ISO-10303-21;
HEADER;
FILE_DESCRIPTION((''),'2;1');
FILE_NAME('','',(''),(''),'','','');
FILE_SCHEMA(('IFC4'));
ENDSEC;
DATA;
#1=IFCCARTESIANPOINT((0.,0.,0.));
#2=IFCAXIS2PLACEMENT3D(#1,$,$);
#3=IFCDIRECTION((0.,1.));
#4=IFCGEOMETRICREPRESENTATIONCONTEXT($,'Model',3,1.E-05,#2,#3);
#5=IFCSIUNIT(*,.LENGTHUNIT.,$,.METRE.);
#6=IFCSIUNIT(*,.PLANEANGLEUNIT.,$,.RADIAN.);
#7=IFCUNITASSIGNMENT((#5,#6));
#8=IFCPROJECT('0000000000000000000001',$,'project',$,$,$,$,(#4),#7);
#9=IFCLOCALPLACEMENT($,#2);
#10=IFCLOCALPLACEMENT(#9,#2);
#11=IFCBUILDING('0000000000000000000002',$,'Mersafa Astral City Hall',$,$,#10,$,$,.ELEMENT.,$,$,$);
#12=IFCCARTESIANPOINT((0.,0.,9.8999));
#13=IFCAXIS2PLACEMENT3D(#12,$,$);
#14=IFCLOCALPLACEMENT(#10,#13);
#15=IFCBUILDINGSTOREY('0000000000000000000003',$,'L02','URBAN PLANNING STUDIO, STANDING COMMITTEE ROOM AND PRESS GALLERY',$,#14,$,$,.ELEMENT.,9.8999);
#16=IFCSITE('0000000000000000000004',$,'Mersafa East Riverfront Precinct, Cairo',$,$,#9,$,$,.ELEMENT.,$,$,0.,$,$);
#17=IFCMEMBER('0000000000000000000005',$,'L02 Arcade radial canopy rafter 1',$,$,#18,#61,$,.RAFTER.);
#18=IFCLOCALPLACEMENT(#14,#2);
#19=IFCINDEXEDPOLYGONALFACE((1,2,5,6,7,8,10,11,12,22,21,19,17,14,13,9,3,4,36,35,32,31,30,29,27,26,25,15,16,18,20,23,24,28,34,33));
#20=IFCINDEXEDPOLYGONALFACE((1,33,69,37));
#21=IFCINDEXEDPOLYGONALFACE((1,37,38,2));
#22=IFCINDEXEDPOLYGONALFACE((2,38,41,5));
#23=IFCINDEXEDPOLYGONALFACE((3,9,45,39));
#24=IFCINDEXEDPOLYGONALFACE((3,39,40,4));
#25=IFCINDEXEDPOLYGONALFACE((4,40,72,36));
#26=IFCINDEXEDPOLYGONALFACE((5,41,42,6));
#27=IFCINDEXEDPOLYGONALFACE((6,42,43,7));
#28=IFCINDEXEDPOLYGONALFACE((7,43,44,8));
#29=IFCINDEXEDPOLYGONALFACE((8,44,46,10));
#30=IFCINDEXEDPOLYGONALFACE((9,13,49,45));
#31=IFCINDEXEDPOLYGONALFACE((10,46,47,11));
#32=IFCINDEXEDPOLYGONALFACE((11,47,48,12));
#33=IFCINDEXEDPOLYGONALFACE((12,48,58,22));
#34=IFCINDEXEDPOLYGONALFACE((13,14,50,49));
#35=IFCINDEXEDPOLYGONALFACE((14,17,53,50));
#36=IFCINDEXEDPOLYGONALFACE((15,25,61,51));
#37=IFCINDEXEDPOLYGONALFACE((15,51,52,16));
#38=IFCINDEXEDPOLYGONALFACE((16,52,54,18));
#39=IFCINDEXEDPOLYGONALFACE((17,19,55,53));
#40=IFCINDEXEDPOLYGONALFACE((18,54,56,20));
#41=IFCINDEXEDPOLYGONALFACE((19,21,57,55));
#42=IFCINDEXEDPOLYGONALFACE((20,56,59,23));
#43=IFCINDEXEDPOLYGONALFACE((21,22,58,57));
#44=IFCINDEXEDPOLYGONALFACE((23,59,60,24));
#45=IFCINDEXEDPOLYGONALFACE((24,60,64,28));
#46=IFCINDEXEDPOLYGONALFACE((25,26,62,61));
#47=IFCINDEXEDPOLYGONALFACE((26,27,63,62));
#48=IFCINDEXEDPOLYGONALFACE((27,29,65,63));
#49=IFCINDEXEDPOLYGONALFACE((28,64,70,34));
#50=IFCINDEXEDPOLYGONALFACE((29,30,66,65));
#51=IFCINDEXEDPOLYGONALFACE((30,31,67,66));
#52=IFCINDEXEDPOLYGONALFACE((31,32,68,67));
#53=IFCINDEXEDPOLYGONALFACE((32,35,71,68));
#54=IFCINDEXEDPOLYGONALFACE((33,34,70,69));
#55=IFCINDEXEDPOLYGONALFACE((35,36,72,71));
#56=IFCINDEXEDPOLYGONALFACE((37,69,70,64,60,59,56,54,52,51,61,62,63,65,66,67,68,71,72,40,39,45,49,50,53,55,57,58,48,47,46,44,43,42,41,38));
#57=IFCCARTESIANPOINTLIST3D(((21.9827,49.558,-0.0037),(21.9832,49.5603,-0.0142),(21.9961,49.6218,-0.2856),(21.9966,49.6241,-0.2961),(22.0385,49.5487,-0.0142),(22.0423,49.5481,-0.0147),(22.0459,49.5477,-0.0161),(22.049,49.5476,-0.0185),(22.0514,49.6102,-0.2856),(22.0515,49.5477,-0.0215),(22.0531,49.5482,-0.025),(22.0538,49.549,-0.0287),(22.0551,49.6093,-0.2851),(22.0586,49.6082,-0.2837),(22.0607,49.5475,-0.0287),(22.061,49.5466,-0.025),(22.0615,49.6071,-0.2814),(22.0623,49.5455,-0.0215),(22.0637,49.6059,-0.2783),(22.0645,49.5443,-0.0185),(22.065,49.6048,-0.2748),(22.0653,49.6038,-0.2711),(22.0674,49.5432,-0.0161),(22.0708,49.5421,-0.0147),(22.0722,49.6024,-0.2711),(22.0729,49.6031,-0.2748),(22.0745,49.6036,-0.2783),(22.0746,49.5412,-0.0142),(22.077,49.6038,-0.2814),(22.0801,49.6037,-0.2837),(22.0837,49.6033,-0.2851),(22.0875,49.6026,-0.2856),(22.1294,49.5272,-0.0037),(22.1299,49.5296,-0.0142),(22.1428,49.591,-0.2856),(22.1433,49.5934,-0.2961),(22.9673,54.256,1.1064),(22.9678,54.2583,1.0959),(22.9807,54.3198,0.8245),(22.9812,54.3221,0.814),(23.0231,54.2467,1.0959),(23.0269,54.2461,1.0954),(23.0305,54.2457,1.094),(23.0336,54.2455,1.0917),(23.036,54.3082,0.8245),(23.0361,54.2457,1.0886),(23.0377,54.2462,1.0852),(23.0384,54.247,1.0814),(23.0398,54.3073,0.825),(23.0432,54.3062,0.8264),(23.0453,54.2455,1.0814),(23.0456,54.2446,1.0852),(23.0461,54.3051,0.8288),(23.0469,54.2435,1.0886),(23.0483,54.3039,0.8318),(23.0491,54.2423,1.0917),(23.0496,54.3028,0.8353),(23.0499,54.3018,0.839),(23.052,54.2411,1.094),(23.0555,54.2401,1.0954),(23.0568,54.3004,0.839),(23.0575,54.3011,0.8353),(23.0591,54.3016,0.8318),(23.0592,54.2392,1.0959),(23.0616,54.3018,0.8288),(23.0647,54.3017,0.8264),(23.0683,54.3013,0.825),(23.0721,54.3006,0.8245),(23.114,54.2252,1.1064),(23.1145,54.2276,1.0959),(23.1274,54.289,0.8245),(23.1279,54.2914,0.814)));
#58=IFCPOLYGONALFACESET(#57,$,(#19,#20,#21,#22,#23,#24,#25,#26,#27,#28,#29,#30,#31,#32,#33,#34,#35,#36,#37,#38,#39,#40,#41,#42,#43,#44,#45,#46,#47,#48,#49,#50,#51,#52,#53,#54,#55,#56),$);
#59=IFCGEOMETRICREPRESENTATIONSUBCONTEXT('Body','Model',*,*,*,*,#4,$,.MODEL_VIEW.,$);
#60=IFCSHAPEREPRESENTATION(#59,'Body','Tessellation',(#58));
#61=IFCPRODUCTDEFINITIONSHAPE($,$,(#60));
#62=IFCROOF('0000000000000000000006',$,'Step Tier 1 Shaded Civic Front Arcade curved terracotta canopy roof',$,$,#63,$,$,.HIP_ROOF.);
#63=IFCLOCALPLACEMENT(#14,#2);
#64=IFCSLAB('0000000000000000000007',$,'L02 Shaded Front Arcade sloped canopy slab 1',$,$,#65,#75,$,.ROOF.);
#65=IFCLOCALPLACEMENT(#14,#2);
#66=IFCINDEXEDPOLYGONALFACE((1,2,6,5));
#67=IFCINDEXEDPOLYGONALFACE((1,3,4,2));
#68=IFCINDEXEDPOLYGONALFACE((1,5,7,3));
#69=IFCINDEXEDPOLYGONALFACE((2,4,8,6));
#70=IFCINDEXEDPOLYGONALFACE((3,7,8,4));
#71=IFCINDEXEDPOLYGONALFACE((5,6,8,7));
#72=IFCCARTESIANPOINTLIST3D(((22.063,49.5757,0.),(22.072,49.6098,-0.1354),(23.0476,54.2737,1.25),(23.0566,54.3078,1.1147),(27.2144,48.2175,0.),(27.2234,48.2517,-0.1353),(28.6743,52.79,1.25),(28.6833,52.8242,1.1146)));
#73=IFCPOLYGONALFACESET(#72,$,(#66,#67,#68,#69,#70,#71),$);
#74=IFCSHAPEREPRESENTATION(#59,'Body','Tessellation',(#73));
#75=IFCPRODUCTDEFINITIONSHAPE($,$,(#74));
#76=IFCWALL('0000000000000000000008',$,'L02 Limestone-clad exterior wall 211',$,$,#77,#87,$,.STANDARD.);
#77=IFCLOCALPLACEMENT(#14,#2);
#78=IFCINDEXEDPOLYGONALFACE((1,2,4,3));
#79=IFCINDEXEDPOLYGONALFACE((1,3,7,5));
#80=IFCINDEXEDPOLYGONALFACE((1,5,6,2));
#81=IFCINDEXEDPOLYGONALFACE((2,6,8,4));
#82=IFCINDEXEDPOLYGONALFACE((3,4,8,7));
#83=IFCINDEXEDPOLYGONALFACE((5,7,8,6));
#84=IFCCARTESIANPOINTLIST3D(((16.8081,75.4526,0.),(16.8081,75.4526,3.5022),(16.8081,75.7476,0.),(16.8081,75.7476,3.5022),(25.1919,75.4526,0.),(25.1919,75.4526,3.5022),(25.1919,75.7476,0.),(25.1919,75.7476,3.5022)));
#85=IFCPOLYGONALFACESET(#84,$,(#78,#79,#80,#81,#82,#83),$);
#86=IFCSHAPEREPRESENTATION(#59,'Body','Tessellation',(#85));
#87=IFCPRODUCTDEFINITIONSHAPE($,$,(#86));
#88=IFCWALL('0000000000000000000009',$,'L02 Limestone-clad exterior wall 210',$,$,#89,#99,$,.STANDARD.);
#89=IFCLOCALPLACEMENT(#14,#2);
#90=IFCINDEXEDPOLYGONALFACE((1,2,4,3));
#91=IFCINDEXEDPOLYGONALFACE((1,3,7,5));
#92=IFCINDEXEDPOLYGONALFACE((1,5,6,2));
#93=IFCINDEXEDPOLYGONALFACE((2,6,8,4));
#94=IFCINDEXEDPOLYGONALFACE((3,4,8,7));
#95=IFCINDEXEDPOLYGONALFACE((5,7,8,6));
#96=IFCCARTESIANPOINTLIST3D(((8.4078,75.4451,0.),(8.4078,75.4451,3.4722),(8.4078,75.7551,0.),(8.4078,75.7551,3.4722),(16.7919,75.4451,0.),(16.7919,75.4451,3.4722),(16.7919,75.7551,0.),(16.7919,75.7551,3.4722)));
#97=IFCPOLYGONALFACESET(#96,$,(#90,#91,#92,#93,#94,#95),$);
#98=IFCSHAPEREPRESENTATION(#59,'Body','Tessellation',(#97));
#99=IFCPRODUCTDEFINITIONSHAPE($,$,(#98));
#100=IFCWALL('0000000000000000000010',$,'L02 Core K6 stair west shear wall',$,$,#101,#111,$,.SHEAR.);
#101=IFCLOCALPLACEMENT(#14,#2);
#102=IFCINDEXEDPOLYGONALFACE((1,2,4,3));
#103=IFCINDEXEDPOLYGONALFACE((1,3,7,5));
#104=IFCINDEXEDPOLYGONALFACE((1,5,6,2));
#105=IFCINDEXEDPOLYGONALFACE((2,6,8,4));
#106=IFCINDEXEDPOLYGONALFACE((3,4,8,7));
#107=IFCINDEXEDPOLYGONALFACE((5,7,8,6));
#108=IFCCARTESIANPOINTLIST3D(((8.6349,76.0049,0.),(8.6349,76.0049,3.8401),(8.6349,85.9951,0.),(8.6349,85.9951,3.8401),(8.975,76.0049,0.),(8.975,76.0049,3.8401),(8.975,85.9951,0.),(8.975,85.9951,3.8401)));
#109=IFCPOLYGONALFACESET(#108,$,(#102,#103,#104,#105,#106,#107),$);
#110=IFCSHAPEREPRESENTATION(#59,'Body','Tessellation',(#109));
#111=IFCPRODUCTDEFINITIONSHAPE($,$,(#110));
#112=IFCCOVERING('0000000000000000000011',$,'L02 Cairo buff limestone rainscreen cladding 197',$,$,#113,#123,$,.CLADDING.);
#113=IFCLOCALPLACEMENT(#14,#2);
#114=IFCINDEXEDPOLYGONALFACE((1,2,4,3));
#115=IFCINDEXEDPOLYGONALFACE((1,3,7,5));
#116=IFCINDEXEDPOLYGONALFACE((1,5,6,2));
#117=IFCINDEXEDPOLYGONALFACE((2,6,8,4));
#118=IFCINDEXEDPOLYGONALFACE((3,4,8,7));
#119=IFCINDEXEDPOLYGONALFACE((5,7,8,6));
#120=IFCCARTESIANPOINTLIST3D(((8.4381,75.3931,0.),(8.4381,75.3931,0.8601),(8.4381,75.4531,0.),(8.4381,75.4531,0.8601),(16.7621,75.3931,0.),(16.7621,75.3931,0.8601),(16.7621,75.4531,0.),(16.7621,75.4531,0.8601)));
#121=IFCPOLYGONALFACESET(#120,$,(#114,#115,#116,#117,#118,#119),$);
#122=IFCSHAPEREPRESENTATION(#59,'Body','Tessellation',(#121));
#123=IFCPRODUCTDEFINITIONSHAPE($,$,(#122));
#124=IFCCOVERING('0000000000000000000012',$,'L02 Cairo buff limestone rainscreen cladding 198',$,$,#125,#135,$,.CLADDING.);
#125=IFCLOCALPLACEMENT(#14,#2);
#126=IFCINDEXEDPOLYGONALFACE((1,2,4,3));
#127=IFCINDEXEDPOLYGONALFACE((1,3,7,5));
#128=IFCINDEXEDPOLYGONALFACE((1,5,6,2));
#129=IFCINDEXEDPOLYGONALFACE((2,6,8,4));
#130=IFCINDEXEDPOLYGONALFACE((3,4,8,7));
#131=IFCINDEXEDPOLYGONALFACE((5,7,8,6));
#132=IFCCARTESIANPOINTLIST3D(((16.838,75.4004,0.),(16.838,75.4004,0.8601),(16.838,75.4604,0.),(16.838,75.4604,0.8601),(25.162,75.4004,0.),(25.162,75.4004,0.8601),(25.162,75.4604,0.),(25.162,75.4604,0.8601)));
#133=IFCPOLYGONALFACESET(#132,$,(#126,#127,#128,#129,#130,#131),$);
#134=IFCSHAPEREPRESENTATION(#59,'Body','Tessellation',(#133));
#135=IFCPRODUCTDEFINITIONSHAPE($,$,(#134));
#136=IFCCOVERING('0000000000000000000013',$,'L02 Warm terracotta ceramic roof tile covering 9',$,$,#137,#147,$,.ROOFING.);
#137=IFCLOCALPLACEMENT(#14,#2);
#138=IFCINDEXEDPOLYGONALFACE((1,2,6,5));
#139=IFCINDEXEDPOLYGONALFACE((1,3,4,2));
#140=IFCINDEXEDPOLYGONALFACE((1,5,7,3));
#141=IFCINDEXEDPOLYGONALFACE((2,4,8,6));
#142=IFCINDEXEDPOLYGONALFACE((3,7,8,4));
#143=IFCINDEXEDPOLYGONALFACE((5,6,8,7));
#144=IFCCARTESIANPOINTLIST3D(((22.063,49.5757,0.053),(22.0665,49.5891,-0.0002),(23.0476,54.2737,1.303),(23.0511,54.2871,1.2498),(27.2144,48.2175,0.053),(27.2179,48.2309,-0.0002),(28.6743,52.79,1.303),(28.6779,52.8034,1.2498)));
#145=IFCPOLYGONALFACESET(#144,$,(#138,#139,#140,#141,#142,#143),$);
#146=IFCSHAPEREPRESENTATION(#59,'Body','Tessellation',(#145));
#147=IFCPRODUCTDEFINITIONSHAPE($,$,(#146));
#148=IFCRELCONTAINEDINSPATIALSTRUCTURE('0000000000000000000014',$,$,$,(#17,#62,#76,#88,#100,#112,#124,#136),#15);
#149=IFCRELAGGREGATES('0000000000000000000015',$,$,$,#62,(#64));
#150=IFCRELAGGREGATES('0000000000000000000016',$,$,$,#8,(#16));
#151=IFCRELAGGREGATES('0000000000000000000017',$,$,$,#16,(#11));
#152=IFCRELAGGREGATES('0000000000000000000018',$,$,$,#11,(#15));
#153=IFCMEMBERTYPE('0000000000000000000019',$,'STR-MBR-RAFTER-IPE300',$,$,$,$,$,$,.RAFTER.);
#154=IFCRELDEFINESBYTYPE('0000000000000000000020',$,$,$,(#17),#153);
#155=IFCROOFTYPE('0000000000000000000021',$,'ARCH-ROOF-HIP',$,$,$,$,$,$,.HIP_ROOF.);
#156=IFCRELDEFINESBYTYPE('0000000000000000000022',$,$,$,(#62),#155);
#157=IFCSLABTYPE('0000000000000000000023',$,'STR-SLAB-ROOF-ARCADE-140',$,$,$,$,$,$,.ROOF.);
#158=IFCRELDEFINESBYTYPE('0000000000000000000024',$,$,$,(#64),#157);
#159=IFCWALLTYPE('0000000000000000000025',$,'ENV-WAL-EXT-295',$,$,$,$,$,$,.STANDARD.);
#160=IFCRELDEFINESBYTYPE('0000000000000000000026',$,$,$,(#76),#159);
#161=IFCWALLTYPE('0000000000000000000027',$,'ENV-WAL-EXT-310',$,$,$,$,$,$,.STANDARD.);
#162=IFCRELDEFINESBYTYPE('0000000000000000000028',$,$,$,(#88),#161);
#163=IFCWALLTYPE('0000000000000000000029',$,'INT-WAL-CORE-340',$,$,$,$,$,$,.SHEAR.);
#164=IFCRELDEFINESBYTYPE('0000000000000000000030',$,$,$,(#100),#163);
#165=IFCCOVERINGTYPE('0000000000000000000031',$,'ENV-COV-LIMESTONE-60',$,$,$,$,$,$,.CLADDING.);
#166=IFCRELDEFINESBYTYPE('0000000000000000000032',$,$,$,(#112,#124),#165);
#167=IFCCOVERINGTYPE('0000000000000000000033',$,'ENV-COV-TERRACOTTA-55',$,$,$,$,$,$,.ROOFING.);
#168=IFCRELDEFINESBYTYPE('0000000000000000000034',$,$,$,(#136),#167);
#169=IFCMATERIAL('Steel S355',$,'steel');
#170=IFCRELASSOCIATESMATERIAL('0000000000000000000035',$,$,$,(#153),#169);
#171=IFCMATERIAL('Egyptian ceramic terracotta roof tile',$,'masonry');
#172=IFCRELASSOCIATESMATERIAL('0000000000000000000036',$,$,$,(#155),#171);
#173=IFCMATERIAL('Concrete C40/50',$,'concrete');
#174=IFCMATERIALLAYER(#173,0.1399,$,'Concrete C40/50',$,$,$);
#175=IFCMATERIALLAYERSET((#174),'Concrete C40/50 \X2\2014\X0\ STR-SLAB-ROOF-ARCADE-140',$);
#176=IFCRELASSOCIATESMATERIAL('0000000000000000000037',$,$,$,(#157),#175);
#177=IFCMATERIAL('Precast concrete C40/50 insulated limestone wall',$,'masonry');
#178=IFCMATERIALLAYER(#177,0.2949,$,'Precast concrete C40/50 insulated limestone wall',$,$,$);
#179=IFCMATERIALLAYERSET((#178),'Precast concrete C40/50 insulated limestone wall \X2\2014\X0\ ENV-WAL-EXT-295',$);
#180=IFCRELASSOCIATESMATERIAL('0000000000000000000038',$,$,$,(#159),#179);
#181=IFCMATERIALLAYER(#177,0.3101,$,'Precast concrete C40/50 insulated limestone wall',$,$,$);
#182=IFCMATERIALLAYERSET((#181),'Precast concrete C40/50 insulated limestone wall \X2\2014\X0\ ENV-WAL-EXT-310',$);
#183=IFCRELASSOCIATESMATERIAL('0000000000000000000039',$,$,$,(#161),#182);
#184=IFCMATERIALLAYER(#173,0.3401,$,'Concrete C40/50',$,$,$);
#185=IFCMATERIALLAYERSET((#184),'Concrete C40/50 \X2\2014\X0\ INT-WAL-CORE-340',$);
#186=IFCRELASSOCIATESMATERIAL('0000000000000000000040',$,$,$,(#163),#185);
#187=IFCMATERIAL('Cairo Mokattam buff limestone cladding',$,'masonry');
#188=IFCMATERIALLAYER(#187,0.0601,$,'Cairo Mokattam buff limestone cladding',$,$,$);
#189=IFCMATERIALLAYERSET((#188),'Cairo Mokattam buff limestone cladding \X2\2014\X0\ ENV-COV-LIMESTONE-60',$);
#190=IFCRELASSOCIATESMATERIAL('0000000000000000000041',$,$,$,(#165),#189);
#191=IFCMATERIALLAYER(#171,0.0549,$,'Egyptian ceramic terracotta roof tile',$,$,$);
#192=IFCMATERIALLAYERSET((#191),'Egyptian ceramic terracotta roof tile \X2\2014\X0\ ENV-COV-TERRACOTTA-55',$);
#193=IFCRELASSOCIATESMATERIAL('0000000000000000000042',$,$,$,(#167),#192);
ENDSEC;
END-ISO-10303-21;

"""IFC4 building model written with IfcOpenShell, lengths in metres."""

from ifc_helpers import new_model, si_unit, direction, frame, frame_2d, origin, origin_2d, place, context, subcontext, project, spatial, polyline, rectangle, i_section, outline, extrude, material, layer, layer_set, material_profile, profile_set, type_object, element, aggregate, save


model = new_model("IFC4")

# Units and contexts
model_context = context("Model", 3, precision=1e-05, world=origin(), true_north=direction((0.0, 1.0)))
body_context = subcontext(model_context, "Body", "Model", "MODEL_VIEW")
ifc_project = project(units=[si_unit("LENGTHUNIT", "METRE"), si_unit("PLANEANGLEUNIT", "RADIAN")], contexts=[model_context])

# Site, building, storey
site_placement = place(None, origin())
site = spatial("IfcSite", under=ifc_project, at=site_placement, Name="Mersafa East Riverfront Precinct, Cairo", CompositionType="ELEMENT", RefElevation=0.0)
building_placement = place(site_placement, origin())
building = spatial("IfcBuilding", under=site, at=building_placement, Name="Mersafa Astral City Hall", CompositionType="ELEMENT")
storey_placement = place(building_placement, frame((0.0, 0.0, 9.8999)))
storey = spatial("IfcBuildingStorey", under=building, at=storey_placement, Name="L02", Description="URBAN PLANNING STUDIO, STANDING COMMITTEE ROOM AND PRESS GALLERY", CompositionType="ELEMENT", Elevation=9.8999)

# Shared definitions
ifc_material_1 = material(Name="Steel S355", Category="steel")

# Member
ifc_material_profile_1 = material_profile(ifc_material_1, i_section(OverallWidth=0.1499, OverallDepth=0.3, WebThickness=0.0071, FlangeThickness=0.0107, FilletRadius=0.0149, at=origin_2d()), Name="IPE 300")
ifc_profile_set_1 = profile_set([ifc_material_profile_1], Name="Steel S355")
member_type_1 = type_object("IfcMemberType", Name="STR-MBR-RAFTER-IPE300", PredefinedType="RAFTER", material=ifc_profile_set_1)
member_1_placement = place(storey_placement, frame((22.063, 49.5757, -0.1499), z_axis=(0.199851, 0.953567, 0.225322), x_axis=(-0.978736, 0.205126, 0.0)))
element("IfcMember", 1, at=member_1_placement, inside=storey, type_object=member_type_1, Name="L02 Arcade radial canopy rafter 1", PredefinedType="RAFTER", context=body_context, shape_type="SweptSolid", body=[
    extrude(i_section(OverallWidth=0.1499, OverallDepth=0.3, WebThickness=0.0071, FlangeThickness=0.0107, FilletRadius=0.0149, at=origin_2d()), origin(), (0.0, 0.0, 1.0), 4.9268),
])

# Roof, slab
ifc_material_2 = material(Name="Egyptian ceramic terracotta roof tile", Category="masonry")
roof_type = type_object("IfcRoofType", Name="ARCH-ROOF-HIP", PredefinedType="HIP_ROOF", material=ifc_material_2)
roof_placement = place(storey_placement, origin())
roof = element("IfcRoof", 2, at=roof_placement, inside=storey, type_object=roof_type, Name="Step Tier 1 Shaded Civic Front Arcade curved terracotta canopy roof", PredefinedType="HIP_ROOF")
ifc_material_3 = material(Name="Concrete C40/50", Category="concrete")
ifc_layer_1 = layer(ifc_material_3, 0.1399, Name="Concrete C40/50")
ifc_layer_set_1 = layer_set([ifc_layer_1], Name="Concrete C40/50 — STR-SLAB-ROOF-ARCADE-140")
slab_type = type_object("IfcSlabType", Name="STR-SLAB-ROOF-ARCADE-140", PredefinedType="ROOF", material=ifc_layer_set_1)
slab_placement = place(storey_placement, frame((22.063, 49.5757, 0.0), z_axis=(-0.06433, -0.243983, 0.967643), x_axis=(0.966957, -0.254939, 0.000003)))
slab = element("IfcSlab", 3, at=slab_placement, type_object=slab_type, Name="L02 Shaded Front Arcade sloped canopy slab 1", PredefinedType="ROOF", context=body_context, shape_type="SweptSolid", body=[
    extrude(outline(polyline([(0.0, 0.0), (5.3274, 0.0), (5.5734, 4.9539), (-0.2456, 4.9541), (0.0, 0.0)])), origin(), (0.0, 0.0, -1.0), 0.1399),
])
aggregate(roof, [slab])

# Walls
ifc_material_4 = material(Name="Precast concrete C40/50 insulated limestone wall", Category="masonry")
ifc_layer_2 = layer(ifc_material_4, 0.2949, Name="Precast concrete C40/50 insulated limestone wall")
ifc_layer_set_2 = layer_set([ifc_layer_2], Name="Precast concrete C40/50 insulated limestone wall — ENV-WAL-EXT-295")
wall_type_1 = type_object("IfcWallType", Name="ENV-WAL-EXT-295", PredefinedType="STANDARD", material=ifc_layer_set_2)
wall_1_placement = place(storey_placement, frame((16.8081, 75.6001, 0.0), z_axis=(0.0, 0.0, 1.0), x_axis=(1.0, 0.0, 0.0)))
element("IfcWall", 4, at=wall_1_placement, inside=storey, type_object=wall_type_1, Name="L02 Limestone-clad exterior wall 211", PredefinedType="STANDARD", context=body_context, shape_type="SweptSolid", body=[
    extrude(rectangle(XDim=8.3838, YDim=0.2949, at=frame_2d((4.1919, 0.0))), origin(), (0.0, 0.0, 1.0), 3.5022),
])
ifc_layer_3 = layer(ifc_material_4, 0.3101, Name="Precast concrete C40/50 insulated limestone wall")
ifc_layer_set_3 = layer_set([ifc_layer_3], Name="Precast concrete C40/50 insulated limestone wall — ENV-WAL-EXT-310")
wall_type_2 = type_object("IfcWallType", Name="ENV-WAL-EXT-310", PredefinedType="STANDARD", material=ifc_layer_set_3)
wall_2_placement = place(storey_placement, frame((8.408, 75.6001, 0.0), z_axis=(0.0, 0.0, 1.0), x_axis=(1.0, 0.0, 0.0)))
element("IfcWall", 5, at=wall_2_placement, inside=storey, type_object=wall_type_2, Name="L02 Limestone-clad exterior wall 210", PredefinedType="STANDARD", context=body_context, shape_type="SweptSolid", body=[
    extrude(rectangle(XDim=8.384, YDim=0.3101, at=frame_2d((4.1919, 0.0))), origin(), (0.0, 0.0, 1.0), 3.4722),
])
ifc_layer_4 = layer(ifc_material_3, 0.3401, Name="Concrete C40/50")
ifc_layer_set_4 = layer_set([ifc_layer_4], Name="Concrete C40/50 — INT-WAL-CORE-340")
wall_type_3 = type_object("IfcWallType", Name="INT-WAL-CORE-340", PredefinedType="SHEAR", material=ifc_layer_set_4)
wall_3_placement = place(storey_placement, frame((8.8049, 76.0049, 0.0), z_axis=(0.0, 0.0, 1.0), x_axis=(0.0, 1.0, 0.0)))
element("IfcWall", 6, at=wall_3_placement, inside=storey, type_object=wall_type_3, Name="L02 Core K6 stair west shear wall", PredefinedType="SHEAR", context=body_context, shape_type="SweptSolid", body=[
    extrude(rectangle(XDim=9.9902, YDim=0.3401, at=frame_2d((4.9951, 0.0))), origin(), (0.0, 0.0, 1.0), 3.8401),
])

# Coverings
ifc_material_5 = material(Name="Cairo Mokattam buff limestone cladding", Category="masonry")
ifc_layer_5 = layer(ifc_material_5, 0.0601, Name="Cairo Mokattam buff limestone cladding")
ifc_layer_set_5 = layer_set([ifc_layer_5], Name="Cairo Mokattam buff limestone cladding — ENV-COV-LIMESTONE-60")
covering_type_1 = type_object("IfcCoveringType", Name="ENV-COV-LIMESTONE-60", PredefinedType="CLADDING", material=ifc_layer_set_5)
for number, where, z_axis, x_axis, name in (
    (7, (12.6001, 75.4231, 0.0), (0.0, 0.0, 1.0), (1.0, 0.0, 0.0), "L02 Cairo buff limestone rainscreen cladding 197"),
    (8, (21.0, 75.4304, 0.0), (0.0, 0.0, 1.0), (1.0, 0.0, 0.0), "L02 Cairo buff limestone rainscreen cladding 198"),
):
    element("IfcCovering", number, at=place(storey_placement, frame(where, z_axis=z_axis, x_axis=x_axis)), inside=storey, type_object=covering_type_1, Name=name, PredefinedType="CLADDING", context=body_context, shape_type="SweptSolid", body=[
        extrude(rectangle(XDim=8.324, YDim=0.0601, at=origin_2d()), origin(), (0.0, 0.0, 1.0), 0.8601),
    ])
ifc_layer_6 = layer(ifc_material_2, 0.0549, Name="Egyptian ceramic terracotta roof tile")
ifc_layer_set_6 = layer_set([ifc_layer_6], Name="Egyptian ceramic terracotta roof tile — ENV-COV-TERRACOTTA-55")
covering_type_2 = type_object("IfcCoveringType", Name="ENV-COV-TERRACOTTA-55", PredefinedType="ROOFING", material=ifc_layer_set_6)
covering_placement = place(storey_placement, frame((22.063, 49.5757, 0.053), z_axis=(-0.06433, -0.243983, 0.967643), x_axis=(0.966957, -0.254939, 0.000003)))
element("IfcCovering", 9, at=covering_placement, inside=storey, type_object=covering_type_2, Name="L02 Warm terracotta ceramic roof tile covering 9", PredefinedType="ROOFING", context=body_context, shape_type="SweptSolid", body=[
    extrude(outline(polyline([(0.0, 0.0), (5.3274, 0.0), (5.5734, 4.9539), (-0.2456, 4.9541), (0.0, 0.0)])), origin(), (0.0, 0.0, -1.0), 0.0549),
])

save(model, "model.ifc")
